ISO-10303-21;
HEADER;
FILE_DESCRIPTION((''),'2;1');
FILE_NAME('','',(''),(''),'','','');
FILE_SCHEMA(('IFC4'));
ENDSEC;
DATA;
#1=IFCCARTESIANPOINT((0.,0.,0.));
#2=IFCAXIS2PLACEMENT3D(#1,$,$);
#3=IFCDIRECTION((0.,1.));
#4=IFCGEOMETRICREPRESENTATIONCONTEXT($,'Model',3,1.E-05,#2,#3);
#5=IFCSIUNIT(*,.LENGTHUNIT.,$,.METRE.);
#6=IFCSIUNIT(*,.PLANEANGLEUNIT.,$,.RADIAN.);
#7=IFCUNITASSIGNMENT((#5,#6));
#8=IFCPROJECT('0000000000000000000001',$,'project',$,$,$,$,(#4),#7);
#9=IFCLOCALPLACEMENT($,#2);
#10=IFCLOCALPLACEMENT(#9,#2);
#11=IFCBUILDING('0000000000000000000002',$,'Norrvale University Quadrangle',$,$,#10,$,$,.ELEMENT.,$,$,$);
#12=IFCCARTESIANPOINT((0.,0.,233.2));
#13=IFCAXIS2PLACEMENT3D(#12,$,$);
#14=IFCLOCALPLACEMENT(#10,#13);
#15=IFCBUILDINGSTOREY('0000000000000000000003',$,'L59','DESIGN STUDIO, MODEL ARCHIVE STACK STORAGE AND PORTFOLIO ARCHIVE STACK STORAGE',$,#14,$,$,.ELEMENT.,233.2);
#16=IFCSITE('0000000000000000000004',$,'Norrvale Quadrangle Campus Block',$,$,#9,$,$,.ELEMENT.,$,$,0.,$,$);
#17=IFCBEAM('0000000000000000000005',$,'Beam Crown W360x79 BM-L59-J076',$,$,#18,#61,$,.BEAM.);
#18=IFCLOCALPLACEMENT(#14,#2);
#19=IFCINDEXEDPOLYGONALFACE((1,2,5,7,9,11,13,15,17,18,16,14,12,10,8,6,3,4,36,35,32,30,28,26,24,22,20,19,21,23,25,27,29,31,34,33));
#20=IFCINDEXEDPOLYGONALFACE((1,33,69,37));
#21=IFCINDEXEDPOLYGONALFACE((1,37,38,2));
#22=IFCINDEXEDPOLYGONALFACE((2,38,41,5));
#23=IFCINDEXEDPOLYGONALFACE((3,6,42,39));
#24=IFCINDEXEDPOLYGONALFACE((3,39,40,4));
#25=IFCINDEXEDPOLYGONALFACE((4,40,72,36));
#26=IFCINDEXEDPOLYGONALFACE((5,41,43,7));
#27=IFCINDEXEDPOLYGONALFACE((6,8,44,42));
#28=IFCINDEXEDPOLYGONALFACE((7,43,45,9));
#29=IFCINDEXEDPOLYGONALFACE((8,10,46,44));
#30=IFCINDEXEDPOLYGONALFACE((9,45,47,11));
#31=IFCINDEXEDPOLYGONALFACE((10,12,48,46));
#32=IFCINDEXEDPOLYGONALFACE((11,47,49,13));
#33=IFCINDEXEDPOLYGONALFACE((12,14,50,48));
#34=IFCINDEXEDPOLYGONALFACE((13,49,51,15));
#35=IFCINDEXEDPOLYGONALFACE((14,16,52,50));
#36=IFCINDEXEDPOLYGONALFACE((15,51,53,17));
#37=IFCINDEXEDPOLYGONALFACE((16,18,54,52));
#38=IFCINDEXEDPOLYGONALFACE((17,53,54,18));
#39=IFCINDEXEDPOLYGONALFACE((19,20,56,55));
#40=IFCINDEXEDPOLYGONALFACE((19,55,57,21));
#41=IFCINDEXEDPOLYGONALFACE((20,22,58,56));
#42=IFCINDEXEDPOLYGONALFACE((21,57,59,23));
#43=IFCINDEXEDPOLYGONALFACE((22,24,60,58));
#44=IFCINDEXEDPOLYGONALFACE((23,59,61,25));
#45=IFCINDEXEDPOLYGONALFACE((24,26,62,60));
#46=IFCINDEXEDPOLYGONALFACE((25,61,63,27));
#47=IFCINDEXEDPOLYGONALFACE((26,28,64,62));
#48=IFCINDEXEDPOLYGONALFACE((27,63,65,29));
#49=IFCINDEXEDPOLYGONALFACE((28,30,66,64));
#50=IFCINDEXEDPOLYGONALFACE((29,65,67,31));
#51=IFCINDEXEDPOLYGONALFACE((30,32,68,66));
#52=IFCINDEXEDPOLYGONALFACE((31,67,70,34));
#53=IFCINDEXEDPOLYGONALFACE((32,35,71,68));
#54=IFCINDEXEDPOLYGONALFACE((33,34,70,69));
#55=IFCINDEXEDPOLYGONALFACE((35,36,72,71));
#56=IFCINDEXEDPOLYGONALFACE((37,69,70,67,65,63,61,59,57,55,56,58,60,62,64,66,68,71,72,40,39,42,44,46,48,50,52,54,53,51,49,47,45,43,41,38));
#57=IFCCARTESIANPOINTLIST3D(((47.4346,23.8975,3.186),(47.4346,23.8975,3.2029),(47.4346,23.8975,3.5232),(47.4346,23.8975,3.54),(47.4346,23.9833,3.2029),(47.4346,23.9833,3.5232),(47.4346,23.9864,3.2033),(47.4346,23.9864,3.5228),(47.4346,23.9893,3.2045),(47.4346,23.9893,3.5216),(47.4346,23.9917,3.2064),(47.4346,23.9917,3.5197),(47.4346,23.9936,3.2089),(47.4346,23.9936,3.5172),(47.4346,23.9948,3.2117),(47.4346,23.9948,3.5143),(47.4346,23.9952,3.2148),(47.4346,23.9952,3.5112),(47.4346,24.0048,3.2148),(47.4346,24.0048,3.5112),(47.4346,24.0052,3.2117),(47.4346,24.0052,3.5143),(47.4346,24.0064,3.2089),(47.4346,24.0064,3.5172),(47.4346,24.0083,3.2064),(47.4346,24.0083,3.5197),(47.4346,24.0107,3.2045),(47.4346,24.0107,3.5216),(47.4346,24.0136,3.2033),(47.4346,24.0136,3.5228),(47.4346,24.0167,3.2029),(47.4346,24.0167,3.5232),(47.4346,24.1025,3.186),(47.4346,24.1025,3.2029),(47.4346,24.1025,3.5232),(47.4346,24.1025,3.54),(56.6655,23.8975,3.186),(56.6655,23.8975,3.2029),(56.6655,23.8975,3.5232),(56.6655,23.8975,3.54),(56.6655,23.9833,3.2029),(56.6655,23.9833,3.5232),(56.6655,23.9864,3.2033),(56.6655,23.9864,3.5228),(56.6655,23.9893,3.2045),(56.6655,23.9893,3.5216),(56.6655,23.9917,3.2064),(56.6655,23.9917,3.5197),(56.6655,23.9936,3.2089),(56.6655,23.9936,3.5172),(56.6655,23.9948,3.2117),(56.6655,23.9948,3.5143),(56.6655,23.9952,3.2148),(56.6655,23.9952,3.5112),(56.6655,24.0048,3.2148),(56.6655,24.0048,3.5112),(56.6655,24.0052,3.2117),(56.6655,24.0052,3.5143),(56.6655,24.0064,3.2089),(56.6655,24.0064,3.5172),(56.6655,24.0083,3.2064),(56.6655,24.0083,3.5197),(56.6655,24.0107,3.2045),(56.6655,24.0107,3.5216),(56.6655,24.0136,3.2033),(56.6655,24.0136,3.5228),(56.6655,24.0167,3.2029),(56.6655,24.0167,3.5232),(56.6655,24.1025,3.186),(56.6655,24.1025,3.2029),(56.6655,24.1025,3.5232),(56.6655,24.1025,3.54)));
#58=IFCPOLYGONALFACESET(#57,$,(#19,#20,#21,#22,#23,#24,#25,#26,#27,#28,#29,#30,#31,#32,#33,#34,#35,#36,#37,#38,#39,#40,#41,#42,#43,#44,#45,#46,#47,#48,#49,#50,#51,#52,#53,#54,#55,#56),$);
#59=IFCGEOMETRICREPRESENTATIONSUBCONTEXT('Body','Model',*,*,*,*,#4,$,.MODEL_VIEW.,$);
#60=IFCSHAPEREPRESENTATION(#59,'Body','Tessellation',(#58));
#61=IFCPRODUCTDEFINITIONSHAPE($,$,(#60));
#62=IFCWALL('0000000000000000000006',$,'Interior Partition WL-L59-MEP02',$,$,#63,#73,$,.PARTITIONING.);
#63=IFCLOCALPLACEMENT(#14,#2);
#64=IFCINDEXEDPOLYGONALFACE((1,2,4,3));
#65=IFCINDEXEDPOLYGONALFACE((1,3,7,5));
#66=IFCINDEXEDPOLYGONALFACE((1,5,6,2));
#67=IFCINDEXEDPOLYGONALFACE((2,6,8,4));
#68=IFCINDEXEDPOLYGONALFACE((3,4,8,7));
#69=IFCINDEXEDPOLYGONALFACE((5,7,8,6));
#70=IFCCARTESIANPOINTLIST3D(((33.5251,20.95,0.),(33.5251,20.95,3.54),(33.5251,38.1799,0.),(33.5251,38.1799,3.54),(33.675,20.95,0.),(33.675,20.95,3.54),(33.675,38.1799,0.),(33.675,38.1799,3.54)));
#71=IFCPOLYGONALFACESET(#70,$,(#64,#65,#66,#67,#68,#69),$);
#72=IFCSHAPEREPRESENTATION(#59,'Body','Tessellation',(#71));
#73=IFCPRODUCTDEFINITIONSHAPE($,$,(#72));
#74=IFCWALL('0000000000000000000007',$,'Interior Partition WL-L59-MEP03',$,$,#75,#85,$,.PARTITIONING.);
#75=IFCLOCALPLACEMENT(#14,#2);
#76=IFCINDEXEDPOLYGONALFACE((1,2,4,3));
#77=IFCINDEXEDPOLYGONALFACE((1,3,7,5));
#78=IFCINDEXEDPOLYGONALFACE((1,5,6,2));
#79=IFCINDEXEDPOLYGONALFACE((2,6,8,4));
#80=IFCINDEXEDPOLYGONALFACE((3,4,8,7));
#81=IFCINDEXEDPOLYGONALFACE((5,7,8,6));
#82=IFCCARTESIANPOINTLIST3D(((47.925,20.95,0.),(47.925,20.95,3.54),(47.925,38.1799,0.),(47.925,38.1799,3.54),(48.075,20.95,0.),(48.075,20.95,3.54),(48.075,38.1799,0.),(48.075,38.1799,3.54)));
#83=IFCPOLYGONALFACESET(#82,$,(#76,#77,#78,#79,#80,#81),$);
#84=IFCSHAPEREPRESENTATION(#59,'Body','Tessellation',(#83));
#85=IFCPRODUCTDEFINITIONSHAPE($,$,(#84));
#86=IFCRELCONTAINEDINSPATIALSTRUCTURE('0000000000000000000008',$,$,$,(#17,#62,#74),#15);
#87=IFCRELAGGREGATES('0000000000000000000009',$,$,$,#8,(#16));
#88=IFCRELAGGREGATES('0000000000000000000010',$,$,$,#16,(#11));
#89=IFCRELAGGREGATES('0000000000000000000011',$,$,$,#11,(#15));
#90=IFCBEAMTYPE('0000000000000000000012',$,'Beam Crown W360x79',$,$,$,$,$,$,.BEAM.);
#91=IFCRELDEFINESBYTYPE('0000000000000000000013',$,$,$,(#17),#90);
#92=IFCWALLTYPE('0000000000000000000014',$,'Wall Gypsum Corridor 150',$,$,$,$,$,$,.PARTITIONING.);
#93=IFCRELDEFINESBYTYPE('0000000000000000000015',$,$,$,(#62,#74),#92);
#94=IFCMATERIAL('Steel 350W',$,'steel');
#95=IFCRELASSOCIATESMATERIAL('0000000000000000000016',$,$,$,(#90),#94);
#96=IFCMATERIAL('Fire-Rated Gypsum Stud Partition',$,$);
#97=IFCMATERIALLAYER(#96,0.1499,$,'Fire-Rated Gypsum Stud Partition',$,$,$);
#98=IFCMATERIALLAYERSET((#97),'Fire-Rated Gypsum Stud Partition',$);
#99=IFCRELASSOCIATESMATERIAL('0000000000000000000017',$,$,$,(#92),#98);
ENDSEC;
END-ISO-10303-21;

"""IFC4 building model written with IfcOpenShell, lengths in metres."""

from ifc_helpers import new_model, si_unit, direction, frame, frame_2d, origin, origin_2d, place, context, subcontext, project, spatial, rectangle, i_section, extrude, material, layer, layer_set, material_profile, profile_set, type_object, element, save


model = new_model("IFC4")

# Units and contexts
model_context = context("Model", 3, precision=1e-05, world=origin(), true_north=direction((0.0, 1.0)))
body_context = subcontext(model_context, "Body", "Model", "MODEL_VIEW")
ifc_project = project(units=[si_unit("LENGTHUNIT", "METRE"), si_unit("PLANEANGLEUNIT", "RADIAN")], contexts=[model_context])

# Site, building, storey
site_placement = place(None, origin())
site = spatial("IfcSite", under=ifc_project, at=site_placement, Name="Norrvale Quadrangle Campus Block", CompositionType="ELEMENT", RefElevation=0.0)
building_placement = place(site_placement, origin())
building = spatial("IfcBuilding", under=site, at=building_placement, Name="Norrvale University Quadrangle", CompositionType="ELEMENT")
storey_placement = place(building_placement, frame((0.0, 0.0, 233.2)))
storey = spatial("IfcBuildingStorey", under=building, at=storey_placement, Name="L59", Description="DESIGN STUDIO, MODEL ARCHIVE STACK STORAGE AND PORTFOLIO ARCHIVE STACK STORAGE", CompositionType="ELEMENT", Elevation=233.2)

# Beam
ifc_material_1 = material(Name="Steel 350W", Category="steel")
ifc_material_profile_1 = material_profile(ifc_material_1, i_section(OverallWidth=0.2051, OverallDepth=0.354, WebThickness=0.0095, FlangeThickness=0.0168, FilletRadius=0.012, at=origin_2d()), Name="Steel 350W")
ifc_profile_set_1 = profile_set([ifc_material_profile_1], Name="Steel 350W")
beam_type_1 = type_object("IfcBeamType", Name="Beam Crown W360x79", PredefinedType="BEAM", material=ifc_profile_set_1)
for number, where, z_axis, x_axis, name in (
    (1, (47.4346, 24.0, 3.363), (1.0, 0.0, 0.0), (0.0, 1.0, 0.0), "Beam Crown W360x79 BM-L59-J076"),
):
    element("IfcBeam", number, at=place(storey_placement, frame(where, z_axis=z_axis, x_axis=x_axis)), inside=storey, type_object=beam_type_1, Name=name, PredefinedType="BEAM", context=body_context, shape_type="SweptSolid", body=[
        extrude(i_section(OverallWidth=0.2051, OverallDepth=0.354, WebThickness=0.0095, FlangeThickness=0.0168, FilletRadius=0.012, at=origin_2d()), origin(), (0.0, 0.0, 1.0), 9.231),
    ])

# Walls
ifc_material_2 = material(Name="Fire-Rated Gypsum Stud Partition")
ifc_layer = layer(ifc_material_2, 0.1499, Name="Fire-Rated Gypsum Stud Partition")
ifc_layer_set = layer_set([ifc_layer], Name="Fire-Rated Gypsum Stud Partition")
wall_type = type_object("IfcWallType", Name="Wall Gypsum Corridor 150", PredefinedType="PARTITIONING", material=ifc_layer_set)
for number, where, z_axis, x_axis, name in (
    (2, (33.6001, 20.95, 0.0), (0.0, 0.0, 1.0), (0.0, 1.0, 0.0), "Interior Partition WL-L59-MEP02"),
    (3, (48.0, 20.95, 0.0), (0.0, 0.0, 1.0), (0.0, 1.0, 0.0), "Interior Partition WL-L59-MEP03"),
):
    element("IfcWall", number, at=place(storey_placement, frame(where, z_axis=z_axis, x_axis=x_axis)), inside=storey, type_object=wall_type, Name=name, PredefinedType="PARTITIONING", context=body_context, shape_type="SweptSolid", body=[
        extrude(rectangle(XDim=17.23, YDim=0.1499, at=frame_2d((8.615, 0.0))), origin(), (0.0, 0.0, 1.0), 3.54),
    ])

save(model, "model.ifc")
